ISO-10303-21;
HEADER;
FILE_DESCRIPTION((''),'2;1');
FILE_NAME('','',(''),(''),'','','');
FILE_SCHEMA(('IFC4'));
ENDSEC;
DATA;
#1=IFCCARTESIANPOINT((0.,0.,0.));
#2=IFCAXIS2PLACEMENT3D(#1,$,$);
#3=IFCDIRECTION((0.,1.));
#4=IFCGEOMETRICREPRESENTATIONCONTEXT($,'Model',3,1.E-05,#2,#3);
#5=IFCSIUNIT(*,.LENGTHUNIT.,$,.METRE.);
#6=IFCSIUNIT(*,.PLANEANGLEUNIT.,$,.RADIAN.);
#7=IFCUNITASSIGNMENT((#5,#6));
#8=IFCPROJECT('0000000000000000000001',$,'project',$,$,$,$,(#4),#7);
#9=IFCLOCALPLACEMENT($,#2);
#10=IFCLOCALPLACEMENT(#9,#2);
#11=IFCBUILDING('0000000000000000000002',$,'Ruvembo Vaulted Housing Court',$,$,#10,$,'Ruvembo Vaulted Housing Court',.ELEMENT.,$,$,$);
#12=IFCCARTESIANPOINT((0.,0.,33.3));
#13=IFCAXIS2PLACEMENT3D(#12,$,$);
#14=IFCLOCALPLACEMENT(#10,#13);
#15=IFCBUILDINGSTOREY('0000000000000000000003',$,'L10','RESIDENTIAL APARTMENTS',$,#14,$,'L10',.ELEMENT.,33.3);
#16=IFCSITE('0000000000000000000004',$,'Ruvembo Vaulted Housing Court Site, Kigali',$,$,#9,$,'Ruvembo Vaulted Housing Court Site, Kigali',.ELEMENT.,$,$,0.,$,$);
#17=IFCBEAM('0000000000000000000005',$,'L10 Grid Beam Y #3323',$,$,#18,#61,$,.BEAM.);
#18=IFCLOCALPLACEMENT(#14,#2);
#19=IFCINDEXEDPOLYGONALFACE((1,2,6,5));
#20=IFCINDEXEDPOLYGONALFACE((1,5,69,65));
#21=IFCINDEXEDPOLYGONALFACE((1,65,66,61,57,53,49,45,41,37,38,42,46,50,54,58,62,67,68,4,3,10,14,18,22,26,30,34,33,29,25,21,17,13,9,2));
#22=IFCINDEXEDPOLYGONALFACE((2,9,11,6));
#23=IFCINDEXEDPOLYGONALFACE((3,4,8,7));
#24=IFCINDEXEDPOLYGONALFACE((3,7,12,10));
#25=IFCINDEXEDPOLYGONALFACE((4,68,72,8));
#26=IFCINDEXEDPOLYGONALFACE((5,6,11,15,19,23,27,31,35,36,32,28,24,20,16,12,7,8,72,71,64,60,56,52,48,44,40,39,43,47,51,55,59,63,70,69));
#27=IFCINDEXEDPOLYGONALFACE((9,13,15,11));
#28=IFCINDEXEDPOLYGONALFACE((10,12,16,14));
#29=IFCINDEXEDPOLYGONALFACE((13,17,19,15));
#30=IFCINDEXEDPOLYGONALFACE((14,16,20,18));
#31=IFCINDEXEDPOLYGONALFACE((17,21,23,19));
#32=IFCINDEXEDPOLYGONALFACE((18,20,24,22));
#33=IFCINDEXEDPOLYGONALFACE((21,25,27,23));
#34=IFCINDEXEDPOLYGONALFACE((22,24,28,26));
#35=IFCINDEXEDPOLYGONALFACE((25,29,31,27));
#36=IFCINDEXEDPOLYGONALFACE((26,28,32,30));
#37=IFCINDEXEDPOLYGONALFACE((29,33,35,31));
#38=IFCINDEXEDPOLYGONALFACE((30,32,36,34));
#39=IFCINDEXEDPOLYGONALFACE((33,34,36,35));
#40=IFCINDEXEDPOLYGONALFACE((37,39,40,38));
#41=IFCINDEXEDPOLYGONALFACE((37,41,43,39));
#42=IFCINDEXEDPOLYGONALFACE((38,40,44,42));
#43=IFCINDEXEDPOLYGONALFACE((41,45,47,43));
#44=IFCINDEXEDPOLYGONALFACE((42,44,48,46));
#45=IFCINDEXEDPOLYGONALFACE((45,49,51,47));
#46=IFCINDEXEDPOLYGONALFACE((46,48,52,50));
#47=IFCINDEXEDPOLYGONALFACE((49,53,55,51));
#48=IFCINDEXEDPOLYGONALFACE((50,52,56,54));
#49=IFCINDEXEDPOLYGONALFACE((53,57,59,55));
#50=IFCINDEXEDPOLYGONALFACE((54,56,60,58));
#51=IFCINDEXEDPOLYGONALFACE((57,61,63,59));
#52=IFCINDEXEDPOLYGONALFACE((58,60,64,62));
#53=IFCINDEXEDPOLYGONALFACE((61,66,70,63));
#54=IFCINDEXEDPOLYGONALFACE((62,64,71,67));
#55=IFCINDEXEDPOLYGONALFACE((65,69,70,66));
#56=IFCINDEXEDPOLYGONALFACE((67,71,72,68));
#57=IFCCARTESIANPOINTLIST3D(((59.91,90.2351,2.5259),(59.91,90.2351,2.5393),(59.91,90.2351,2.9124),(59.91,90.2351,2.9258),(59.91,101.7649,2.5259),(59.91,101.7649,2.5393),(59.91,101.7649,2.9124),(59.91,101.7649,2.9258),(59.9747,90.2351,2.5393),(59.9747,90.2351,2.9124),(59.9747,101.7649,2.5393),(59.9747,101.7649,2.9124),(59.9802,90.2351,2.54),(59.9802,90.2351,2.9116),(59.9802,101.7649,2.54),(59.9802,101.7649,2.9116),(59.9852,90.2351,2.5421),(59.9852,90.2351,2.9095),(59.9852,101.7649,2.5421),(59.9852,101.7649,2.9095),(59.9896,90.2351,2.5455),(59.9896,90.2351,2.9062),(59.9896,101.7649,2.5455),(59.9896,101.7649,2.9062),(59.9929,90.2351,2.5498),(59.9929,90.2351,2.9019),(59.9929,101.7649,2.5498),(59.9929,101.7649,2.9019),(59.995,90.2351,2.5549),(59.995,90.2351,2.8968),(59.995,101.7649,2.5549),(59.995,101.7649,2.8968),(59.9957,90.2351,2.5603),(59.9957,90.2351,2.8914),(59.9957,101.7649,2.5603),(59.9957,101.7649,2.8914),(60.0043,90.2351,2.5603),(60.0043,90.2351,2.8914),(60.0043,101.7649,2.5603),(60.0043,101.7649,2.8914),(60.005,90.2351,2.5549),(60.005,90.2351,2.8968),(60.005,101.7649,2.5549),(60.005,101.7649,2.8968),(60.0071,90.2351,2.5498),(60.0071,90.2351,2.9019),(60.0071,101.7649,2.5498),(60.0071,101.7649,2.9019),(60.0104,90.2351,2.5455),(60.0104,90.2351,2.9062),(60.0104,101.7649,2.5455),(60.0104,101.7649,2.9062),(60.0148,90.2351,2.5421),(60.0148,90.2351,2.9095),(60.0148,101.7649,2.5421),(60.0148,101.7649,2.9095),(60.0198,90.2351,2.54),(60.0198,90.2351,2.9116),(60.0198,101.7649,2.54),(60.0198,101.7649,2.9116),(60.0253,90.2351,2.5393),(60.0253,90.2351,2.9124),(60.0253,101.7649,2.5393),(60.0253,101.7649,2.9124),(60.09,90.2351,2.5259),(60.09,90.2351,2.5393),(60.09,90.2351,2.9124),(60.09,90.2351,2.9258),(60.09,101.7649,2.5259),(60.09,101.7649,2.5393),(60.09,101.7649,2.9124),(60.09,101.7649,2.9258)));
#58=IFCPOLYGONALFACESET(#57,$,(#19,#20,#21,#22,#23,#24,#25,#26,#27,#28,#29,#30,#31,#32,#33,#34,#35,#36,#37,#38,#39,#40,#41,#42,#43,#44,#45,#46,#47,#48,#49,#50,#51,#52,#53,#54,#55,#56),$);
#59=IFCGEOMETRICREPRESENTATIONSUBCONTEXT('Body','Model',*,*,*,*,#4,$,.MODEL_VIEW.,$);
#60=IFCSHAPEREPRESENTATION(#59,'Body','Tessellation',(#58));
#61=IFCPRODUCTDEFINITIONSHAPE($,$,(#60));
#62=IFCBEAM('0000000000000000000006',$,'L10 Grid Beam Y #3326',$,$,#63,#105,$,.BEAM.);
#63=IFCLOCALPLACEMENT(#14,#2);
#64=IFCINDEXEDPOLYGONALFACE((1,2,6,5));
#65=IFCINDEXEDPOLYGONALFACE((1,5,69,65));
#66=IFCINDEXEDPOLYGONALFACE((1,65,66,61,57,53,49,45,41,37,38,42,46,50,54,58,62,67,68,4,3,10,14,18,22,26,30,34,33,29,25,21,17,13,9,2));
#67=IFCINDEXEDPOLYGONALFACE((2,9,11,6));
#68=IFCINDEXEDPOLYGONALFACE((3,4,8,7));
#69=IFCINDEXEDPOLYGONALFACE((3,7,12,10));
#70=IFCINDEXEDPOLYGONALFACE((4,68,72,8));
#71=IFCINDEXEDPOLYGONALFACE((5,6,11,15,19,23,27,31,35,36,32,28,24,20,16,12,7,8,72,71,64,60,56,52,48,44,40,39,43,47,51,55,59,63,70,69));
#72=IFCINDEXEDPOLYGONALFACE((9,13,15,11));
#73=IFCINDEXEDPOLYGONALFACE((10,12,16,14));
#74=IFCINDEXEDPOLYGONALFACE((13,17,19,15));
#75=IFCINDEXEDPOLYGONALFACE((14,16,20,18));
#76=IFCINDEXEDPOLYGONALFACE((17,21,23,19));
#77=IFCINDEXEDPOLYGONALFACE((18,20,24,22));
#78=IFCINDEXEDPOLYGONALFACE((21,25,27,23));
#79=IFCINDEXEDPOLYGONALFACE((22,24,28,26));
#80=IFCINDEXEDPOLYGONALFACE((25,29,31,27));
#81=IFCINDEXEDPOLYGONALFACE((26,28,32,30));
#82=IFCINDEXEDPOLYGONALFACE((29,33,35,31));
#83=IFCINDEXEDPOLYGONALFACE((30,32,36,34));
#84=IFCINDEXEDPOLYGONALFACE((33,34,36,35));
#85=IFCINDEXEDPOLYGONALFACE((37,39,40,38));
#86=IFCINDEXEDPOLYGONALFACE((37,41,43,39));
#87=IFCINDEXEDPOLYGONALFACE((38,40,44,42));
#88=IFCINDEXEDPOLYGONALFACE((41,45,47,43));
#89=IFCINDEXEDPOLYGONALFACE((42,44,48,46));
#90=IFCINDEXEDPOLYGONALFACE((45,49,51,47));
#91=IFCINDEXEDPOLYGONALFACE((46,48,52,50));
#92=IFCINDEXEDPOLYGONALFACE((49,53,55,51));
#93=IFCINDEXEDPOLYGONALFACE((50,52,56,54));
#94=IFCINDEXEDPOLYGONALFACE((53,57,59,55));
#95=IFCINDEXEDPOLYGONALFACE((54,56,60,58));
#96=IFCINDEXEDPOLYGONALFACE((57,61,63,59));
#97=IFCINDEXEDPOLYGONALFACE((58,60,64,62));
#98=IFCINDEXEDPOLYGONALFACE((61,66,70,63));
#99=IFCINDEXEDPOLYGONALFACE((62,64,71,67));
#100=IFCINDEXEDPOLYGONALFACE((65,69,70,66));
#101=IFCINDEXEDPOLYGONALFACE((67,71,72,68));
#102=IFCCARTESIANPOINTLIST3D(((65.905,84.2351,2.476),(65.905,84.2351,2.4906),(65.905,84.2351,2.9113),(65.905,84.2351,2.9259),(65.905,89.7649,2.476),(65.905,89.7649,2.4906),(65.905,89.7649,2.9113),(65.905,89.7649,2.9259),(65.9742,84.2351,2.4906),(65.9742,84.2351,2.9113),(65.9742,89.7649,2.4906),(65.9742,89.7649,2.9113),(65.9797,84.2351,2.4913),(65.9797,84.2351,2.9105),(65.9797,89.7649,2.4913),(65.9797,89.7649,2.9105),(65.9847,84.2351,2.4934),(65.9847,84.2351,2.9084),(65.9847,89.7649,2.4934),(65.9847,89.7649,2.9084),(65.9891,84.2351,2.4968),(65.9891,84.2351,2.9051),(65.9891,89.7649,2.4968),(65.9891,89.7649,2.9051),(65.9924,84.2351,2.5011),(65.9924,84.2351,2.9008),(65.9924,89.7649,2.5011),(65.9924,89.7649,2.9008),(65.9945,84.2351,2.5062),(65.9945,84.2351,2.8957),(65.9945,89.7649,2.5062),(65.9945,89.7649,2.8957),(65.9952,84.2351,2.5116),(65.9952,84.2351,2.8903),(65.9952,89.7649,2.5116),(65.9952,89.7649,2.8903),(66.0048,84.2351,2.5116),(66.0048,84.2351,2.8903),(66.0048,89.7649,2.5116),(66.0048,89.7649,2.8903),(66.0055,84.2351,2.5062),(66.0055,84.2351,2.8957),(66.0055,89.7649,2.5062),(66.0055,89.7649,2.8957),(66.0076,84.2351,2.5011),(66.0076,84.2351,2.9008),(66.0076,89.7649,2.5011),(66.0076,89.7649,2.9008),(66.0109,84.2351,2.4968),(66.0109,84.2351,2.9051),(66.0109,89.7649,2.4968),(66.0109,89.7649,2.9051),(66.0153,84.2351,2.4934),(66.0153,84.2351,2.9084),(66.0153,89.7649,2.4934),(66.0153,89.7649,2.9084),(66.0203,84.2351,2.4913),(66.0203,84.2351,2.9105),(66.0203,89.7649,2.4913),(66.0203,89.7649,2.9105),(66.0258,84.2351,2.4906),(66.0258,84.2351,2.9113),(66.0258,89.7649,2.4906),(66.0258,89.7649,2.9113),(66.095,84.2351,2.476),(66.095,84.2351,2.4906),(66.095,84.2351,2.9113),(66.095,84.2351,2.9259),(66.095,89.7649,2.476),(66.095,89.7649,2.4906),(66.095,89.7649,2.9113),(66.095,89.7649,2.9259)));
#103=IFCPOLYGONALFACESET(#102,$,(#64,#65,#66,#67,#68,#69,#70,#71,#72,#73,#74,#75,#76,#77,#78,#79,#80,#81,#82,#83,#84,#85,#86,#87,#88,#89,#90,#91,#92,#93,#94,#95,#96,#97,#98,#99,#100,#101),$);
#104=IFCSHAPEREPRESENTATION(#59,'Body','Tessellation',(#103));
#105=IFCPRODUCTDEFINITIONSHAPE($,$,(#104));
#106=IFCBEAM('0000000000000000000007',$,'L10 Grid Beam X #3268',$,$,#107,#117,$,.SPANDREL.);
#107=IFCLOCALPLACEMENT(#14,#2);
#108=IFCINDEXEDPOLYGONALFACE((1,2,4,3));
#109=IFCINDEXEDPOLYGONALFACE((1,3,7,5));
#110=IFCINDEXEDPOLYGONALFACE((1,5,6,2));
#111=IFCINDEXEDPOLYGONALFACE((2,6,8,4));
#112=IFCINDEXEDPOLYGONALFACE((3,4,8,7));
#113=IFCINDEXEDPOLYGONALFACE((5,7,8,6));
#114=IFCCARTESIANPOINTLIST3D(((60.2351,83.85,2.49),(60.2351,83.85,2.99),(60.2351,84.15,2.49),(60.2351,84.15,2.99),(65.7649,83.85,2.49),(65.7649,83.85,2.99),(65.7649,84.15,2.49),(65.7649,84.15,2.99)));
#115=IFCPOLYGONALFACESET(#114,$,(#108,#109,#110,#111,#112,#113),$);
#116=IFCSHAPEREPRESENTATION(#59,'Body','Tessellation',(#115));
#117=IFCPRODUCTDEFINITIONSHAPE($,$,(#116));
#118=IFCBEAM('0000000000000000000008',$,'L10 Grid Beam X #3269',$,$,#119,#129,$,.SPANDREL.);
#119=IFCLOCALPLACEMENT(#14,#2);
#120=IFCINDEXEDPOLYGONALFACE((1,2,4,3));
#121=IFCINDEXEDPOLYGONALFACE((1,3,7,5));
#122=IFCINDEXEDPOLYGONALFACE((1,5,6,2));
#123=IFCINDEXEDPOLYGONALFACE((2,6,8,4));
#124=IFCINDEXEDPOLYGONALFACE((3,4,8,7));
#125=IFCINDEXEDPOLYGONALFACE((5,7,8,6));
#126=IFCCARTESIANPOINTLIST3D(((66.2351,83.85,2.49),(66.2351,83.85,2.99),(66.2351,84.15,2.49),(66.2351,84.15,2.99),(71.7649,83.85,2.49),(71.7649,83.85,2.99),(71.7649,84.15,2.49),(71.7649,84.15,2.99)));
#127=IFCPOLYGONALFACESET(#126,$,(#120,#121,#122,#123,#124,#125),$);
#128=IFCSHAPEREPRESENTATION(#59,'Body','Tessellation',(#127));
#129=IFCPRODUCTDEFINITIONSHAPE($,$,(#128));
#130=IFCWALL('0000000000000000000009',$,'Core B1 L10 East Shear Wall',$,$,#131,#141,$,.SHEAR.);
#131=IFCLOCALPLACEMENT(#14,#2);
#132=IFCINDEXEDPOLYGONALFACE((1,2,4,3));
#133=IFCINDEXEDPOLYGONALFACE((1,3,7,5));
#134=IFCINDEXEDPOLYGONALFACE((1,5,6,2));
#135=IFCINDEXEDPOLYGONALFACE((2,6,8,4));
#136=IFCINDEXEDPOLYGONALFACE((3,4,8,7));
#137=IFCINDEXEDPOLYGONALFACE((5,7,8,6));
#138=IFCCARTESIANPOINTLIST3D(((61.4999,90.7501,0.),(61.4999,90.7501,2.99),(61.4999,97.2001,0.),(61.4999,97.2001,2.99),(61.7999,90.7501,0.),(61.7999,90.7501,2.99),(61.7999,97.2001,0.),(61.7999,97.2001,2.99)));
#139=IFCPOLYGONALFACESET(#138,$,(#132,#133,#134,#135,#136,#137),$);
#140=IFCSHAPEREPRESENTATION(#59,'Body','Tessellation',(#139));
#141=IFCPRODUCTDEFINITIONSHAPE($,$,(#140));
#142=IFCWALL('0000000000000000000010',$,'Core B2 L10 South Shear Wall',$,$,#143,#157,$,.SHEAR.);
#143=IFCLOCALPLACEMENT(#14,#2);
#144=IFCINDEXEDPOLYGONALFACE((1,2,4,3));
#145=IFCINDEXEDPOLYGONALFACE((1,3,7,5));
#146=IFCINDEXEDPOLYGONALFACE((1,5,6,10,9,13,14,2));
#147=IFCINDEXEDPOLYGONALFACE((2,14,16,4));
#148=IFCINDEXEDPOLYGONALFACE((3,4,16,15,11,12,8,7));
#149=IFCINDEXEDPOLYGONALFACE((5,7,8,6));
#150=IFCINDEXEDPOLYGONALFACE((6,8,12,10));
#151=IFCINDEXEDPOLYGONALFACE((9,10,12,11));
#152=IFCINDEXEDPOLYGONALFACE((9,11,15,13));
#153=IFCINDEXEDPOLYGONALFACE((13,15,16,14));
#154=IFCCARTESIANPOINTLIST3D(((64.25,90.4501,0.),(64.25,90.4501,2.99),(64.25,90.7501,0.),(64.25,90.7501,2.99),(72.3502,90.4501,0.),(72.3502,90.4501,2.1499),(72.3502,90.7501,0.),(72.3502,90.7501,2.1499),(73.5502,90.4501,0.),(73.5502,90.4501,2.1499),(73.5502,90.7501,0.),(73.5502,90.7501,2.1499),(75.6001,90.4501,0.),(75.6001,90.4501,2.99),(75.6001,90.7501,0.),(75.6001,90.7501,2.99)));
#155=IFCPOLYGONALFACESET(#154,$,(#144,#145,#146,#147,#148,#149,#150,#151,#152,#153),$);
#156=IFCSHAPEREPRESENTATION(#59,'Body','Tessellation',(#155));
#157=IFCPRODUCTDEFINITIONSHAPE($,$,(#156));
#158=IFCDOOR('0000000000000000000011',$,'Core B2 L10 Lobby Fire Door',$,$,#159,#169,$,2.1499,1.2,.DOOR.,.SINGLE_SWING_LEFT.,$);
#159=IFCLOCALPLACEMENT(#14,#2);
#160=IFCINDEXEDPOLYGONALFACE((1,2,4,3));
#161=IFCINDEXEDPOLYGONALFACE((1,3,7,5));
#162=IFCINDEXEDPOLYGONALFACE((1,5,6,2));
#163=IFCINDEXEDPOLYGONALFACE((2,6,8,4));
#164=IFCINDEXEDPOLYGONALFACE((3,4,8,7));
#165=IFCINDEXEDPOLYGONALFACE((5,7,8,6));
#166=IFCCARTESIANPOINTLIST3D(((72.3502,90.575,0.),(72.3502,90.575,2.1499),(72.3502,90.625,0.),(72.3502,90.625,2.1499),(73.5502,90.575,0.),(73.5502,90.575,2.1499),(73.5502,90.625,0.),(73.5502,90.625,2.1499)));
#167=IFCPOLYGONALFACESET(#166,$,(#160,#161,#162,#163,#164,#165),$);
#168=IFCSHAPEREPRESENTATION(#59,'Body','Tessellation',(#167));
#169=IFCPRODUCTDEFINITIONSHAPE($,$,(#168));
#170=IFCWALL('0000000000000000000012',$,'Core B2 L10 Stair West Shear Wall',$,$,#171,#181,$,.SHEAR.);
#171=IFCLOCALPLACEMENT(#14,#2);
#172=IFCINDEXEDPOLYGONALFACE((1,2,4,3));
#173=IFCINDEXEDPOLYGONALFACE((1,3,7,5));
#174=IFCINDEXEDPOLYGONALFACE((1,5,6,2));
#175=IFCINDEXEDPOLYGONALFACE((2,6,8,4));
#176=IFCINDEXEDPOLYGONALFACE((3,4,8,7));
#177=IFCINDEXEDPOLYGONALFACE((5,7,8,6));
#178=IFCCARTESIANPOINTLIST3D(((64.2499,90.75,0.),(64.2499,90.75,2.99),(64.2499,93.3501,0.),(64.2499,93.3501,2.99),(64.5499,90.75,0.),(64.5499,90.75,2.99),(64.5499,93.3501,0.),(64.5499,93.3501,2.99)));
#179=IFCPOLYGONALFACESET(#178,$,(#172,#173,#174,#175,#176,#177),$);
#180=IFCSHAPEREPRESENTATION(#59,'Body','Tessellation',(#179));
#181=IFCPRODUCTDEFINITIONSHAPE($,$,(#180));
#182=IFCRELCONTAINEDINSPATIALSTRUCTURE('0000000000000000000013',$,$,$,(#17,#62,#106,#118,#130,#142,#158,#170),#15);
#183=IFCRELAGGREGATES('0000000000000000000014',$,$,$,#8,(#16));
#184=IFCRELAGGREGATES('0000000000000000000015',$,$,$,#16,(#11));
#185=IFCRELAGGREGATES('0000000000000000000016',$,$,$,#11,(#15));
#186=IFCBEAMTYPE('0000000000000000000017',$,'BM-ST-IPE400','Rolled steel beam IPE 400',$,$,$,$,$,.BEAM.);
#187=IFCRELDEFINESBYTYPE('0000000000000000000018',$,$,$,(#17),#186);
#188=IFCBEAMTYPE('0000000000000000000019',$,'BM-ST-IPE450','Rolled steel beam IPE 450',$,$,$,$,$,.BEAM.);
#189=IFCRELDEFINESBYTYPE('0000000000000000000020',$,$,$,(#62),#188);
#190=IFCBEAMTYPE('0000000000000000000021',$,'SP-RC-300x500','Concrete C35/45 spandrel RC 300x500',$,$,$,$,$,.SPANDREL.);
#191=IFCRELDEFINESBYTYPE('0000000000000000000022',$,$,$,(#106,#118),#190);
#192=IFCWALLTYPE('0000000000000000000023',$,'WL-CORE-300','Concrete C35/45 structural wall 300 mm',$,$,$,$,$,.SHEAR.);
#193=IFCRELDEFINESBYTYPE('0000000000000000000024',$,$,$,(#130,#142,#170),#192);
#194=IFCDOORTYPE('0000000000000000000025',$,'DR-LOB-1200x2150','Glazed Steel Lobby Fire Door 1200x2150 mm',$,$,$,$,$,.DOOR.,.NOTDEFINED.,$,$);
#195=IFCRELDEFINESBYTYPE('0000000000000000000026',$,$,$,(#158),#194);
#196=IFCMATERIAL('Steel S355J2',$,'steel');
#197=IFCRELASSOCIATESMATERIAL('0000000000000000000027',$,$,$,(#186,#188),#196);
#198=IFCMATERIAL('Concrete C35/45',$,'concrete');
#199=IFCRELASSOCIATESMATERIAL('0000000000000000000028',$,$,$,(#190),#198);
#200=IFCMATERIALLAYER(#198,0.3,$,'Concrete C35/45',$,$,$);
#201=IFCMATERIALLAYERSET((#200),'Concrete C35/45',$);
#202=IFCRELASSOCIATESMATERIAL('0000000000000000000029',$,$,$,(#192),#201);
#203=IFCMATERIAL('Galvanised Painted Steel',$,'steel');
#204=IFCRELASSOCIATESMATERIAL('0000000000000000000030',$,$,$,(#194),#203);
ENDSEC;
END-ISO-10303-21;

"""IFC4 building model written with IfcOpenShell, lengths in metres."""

from ifc_helpers import new_model, si_unit, direction, frame, frame_2d, origin, origin_2d, place, context, subcontext, project, spatial, rectangle, i_section, extrude, material, layer, layer_set, material_profile, profile_set, type_object, element, fill, save


model = new_model("IFC4")

# Units and contexts
model_context = context("Model", 3, precision=1e-05, world=origin(), true_north=direction((0.0, 1.0)))
body_context = subcontext(model_context, "Body", "Model", "MODEL_VIEW")
ifc_project = project(units=[si_unit("LENGTHUNIT", "METRE"), si_unit("PLANEANGLEUNIT", "RADIAN")], contexts=[model_context])

# Site, building, storey
site_placement = place(None, origin())
site = spatial("IfcSite", under=ifc_project, at=site_placement, Name="Ruvembo Vaulted Housing Court Site, Kigali", LongName="Ruvembo Vaulted Housing Court Site, Kigali", CompositionType="ELEMENT", RefElevation=0.0)
building_placement = place(site_placement, origin())
building = spatial("IfcBuilding", under=site, at=building_placement, Name="Ruvembo Vaulted Housing Court", LongName="Ruvembo Vaulted Housing Court", CompositionType="ELEMENT")
storey_placement = place(building_placement, frame((0.0, 0.0, 33.3)))
storey = spatial("IfcBuildingStorey", under=building, at=storey_placement, Name="L10", Description="RESIDENTIAL APARTMENTS", LongName="L10", CompositionType="ELEMENT", Elevation=33.3)

# Shared definitions
ifc_material_1 = material(Name="Concrete C35/45", Category="concrete")

# Beams
ifc_material_2 = material(Name="Steel S355J2", Category="steel")
ifc_material_profile_1 = material_profile(ifc_material_2, i_section(OverallWidth=0.1799, OverallDepth=0.3999, WebThickness=0.0085, FlangeThickness=0.0134, FilletRadius=0.021, at=origin_2d()), Name="IPE 400")
ifc_profile_set_1 = profile_set([ifc_material_profile_1], Name="Steel S355J2")
beam_type_1 = type_object("IfcBeamType", Name="BM-ST-IPE400", Description="Rolled steel beam IPE 400", PredefinedType="BEAM", material=ifc_profile_set_1)
beam_1_placement = place(storey_placement, frame((60.0, 90.2351, 2.7258), z_axis=(0.0, 1.0, 0.0), x_axis=(-1.0, 0.0, 0.0)))
element("IfcBeam", 1, at=beam_1_placement, inside=storey, type_object=beam_type_1, Name="L10 Grid Beam Y #3323", PredefinedType="BEAM", context=body_context, shape_type="SweptSolid", body=[
    extrude(i_section(OverallWidth=0.1799, OverallDepth=0.3999, WebThickness=0.0085, FlangeThickness=0.0134, FilletRadius=0.021, at=origin_2d()), origin(), (0.0, 0.0, 1.0), 11.5298),
])
ifc_material_profile_2 = material_profile(ifc_material_2, i_section(OverallWidth=0.1899, OverallDepth=0.45, WebThickness=0.0095, FlangeThickness=0.0146, FilletRadius=0.021, at=origin_2d()), Name="IPE 450")
ifc_profile_set_2 = profile_set([ifc_material_profile_2], Name="Steel S355J2")
beam_type_2 = type_object("IfcBeamType", Name="BM-ST-IPE450", Description="Rolled steel beam IPE 450", PredefinedType="BEAM", material=ifc_profile_set_2)
beam_2_placement = place(storey_placement, frame((66.0, 84.2351, 2.7009), z_axis=(0.0, 1.0, 0.0), x_axis=(-1.0, 0.0, 0.0)))
element("IfcBeam", 2, at=beam_2_placement, inside=storey, type_object=beam_type_2, Name="L10 Grid Beam Y #3326", PredefinedType="BEAM", context=body_context, shape_type="SweptSolid", body=[
    extrude(i_section(OverallWidth=0.1899, OverallDepth=0.45, WebThickness=0.0095, FlangeThickness=0.0146, FilletRadius=0.021, at=origin_2d()), origin(), (0.0, 0.0, 1.0), 5.5298),
])
ifc_material_profile_3 = material_profile(ifc_material_1, rectangle(XDim=0.3, YDim=0.5, at=origin_2d()), Name="RC 300x500")
ifc_profile_set_3 = profile_set([ifc_material_profile_3], Name="Concrete C35/45")
beam_type_3 = type_object("IfcBeamType", Name="SP-RC-300x500", Description="Concrete C35/45 spandrel RC 300x500", PredefinedType="SPANDREL", material=ifc_profile_set_3)
for number, where, z_axis, x_axis, name in (
    (3, (60.2351, 84.0, 2.74), (1.0, 0.0, 0.0), (0.0, 1.0, 0.0), "L10 Grid Beam X #3268"),
    (4, (66.2351, 84.0, 2.74), (1.0, 0.0, 0.0), (0.0, 1.0, 0.0), "L10 Grid Beam X #3269"),
):
    element("IfcBeam", number, at=place(storey_placement, frame(where, z_axis=z_axis, x_axis=x_axis)), inside=storey, type_object=beam_type_3, Name=name, PredefinedType="SPANDREL", context=body_context, shape_type="SweptSolid", body=[
        extrude(rectangle(XDim=0.3, YDim=0.5, at=origin_2d()), origin(), (0.0, 0.0, 1.0), 5.5298),
    ])

# Shared definitions
ifc_layer_1 = layer(ifc_material_1, 0.3, Name="Concrete C35/45")
ifc_layer_set_1 = layer_set([ifc_layer_1], Name="Concrete C35/45")
wall_type_1 = type_object("IfcWallType", Name="WL-CORE-300", Description="Concrete C35/45 structural wall 300 mm", PredefinedType="SHEAR", material=ifc_layer_set_1)
ifc_material_3 = material(Name="Galvanised Painted Steel", Category="steel")

# Wall
wall_1_placement = place(storey_placement, frame((61.6499, 90.75, 0.0), z_axis=(0.0, 0.0, 1.0), x_axis=(0.0, 1.0, 0.0)))
element("IfcWall", 5, at=wall_1_placement, inside=storey, type_object=wall_type_1, Name="Core B1 L10 East Shear Wall", PredefinedType="SHEAR", context=body_context, shape_type="SweptSolid", body=[
    extrude(rectangle(XDim=6.45, YDim=0.3, at=frame_2d((3.2251, 0.0))), origin(), (0.0, 0.0, 1.0), 2.99),
])

# Wall, opening, door
wall_2_placement = place(storey_placement, frame((64.25, 90.6001, 0.0), z_axis=(0.0, 0.0, 1.0), x_axis=(1.0, 0.0, 0.0)))
wall_2 = element("IfcWall", 6, at=wall_2_placement, inside=storey, type_object=wall_type_1, Name="Core B2 L10 South Shear Wall", PredefinedType="SHEAR", context=body_context, shape_type="SweptSolid", body=[
    extrude(rectangle(XDim=11.3501, YDim=0.3, at=frame_2d((5.675, 0.0))), origin(), (0.0, 0.0, 1.0), 2.99),
])
opening_1_placement = place(wall_2_placement, frame((8.1001, 0.0, 0.0)))
opening_1 = element("IfcOpeningElement", 7, at=opening_1_placement, cuts=wall_2, PredefinedType="OPENING", context=body_context, shape_type="SweptSolid", body=[
    extrude(rectangle(XDim=1.2, YDim=2.1499, at=frame_2d((0.6001, 1.075))), frame((0.0, 0.1599, 0.0), z_axis=(0.0, -1.0, 0.0), x_axis=(1.0, 0.0, 0.0)), (0.0, 0.0, 1.0), 0.3201),
])
door_type_1 = type_object("IfcDoorType", Name="DR-LOB-1200x2150", Description="Glazed Steel Lobby Fire Door 1200x2150 mm", OperationType="NOTDEFINED", PredefinedType="DOOR", material=ifc_material_3)
door_1_placement = place(opening_1_placement, origin())
door_1 = element("IfcDoor", 8, at=door_1_placement, inside=storey, type_object=door_type_1, Name="Core B2 L10 Lobby Fire Door", OperationType="SINGLE_SWING_LEFT", OverallHeight=2.1499, OverallWidth=1.2, PredefinedType="DOOR", context=body_context, shape_type="SweptSolid", body=[
    extrude(rectangle(XDim=1.2, YDim=2.1499, at=frame_2d((0.6001, 1.075))), frame((0.0, 0.0249, 0.0), z_axis=(0.0, -1.0, 0.0), x_axis=(1.0, 0.0, 0.0)), (0.0, 0.0, 1.0), 0.05),
])
fill(opening_1, door_1)

# Wall
wall_3_placement = place(storey_placement, frame((64.3999, 93.3501, 0.0), z_axis=(0.0, 0.0, 1.0), x_axis=(0.0, -1.0, 0.0)))
element("IfcWall", 9, at=wall_3_placement, inside=storey, type_object=wall_type_1, Name="Core B2 L10 Stair West Shear Wall", PredefinedType="SHEAR", context=body_context, shape_type="SweptSolid", body=[
    extrude(rectangle(XDim=2.6001, YDim=0.3, at=frame_2d((1.3, 0.0))), origin(), (0.0, 0.0, 1.0), 2.99),
])

save(model, "model.ifc")
